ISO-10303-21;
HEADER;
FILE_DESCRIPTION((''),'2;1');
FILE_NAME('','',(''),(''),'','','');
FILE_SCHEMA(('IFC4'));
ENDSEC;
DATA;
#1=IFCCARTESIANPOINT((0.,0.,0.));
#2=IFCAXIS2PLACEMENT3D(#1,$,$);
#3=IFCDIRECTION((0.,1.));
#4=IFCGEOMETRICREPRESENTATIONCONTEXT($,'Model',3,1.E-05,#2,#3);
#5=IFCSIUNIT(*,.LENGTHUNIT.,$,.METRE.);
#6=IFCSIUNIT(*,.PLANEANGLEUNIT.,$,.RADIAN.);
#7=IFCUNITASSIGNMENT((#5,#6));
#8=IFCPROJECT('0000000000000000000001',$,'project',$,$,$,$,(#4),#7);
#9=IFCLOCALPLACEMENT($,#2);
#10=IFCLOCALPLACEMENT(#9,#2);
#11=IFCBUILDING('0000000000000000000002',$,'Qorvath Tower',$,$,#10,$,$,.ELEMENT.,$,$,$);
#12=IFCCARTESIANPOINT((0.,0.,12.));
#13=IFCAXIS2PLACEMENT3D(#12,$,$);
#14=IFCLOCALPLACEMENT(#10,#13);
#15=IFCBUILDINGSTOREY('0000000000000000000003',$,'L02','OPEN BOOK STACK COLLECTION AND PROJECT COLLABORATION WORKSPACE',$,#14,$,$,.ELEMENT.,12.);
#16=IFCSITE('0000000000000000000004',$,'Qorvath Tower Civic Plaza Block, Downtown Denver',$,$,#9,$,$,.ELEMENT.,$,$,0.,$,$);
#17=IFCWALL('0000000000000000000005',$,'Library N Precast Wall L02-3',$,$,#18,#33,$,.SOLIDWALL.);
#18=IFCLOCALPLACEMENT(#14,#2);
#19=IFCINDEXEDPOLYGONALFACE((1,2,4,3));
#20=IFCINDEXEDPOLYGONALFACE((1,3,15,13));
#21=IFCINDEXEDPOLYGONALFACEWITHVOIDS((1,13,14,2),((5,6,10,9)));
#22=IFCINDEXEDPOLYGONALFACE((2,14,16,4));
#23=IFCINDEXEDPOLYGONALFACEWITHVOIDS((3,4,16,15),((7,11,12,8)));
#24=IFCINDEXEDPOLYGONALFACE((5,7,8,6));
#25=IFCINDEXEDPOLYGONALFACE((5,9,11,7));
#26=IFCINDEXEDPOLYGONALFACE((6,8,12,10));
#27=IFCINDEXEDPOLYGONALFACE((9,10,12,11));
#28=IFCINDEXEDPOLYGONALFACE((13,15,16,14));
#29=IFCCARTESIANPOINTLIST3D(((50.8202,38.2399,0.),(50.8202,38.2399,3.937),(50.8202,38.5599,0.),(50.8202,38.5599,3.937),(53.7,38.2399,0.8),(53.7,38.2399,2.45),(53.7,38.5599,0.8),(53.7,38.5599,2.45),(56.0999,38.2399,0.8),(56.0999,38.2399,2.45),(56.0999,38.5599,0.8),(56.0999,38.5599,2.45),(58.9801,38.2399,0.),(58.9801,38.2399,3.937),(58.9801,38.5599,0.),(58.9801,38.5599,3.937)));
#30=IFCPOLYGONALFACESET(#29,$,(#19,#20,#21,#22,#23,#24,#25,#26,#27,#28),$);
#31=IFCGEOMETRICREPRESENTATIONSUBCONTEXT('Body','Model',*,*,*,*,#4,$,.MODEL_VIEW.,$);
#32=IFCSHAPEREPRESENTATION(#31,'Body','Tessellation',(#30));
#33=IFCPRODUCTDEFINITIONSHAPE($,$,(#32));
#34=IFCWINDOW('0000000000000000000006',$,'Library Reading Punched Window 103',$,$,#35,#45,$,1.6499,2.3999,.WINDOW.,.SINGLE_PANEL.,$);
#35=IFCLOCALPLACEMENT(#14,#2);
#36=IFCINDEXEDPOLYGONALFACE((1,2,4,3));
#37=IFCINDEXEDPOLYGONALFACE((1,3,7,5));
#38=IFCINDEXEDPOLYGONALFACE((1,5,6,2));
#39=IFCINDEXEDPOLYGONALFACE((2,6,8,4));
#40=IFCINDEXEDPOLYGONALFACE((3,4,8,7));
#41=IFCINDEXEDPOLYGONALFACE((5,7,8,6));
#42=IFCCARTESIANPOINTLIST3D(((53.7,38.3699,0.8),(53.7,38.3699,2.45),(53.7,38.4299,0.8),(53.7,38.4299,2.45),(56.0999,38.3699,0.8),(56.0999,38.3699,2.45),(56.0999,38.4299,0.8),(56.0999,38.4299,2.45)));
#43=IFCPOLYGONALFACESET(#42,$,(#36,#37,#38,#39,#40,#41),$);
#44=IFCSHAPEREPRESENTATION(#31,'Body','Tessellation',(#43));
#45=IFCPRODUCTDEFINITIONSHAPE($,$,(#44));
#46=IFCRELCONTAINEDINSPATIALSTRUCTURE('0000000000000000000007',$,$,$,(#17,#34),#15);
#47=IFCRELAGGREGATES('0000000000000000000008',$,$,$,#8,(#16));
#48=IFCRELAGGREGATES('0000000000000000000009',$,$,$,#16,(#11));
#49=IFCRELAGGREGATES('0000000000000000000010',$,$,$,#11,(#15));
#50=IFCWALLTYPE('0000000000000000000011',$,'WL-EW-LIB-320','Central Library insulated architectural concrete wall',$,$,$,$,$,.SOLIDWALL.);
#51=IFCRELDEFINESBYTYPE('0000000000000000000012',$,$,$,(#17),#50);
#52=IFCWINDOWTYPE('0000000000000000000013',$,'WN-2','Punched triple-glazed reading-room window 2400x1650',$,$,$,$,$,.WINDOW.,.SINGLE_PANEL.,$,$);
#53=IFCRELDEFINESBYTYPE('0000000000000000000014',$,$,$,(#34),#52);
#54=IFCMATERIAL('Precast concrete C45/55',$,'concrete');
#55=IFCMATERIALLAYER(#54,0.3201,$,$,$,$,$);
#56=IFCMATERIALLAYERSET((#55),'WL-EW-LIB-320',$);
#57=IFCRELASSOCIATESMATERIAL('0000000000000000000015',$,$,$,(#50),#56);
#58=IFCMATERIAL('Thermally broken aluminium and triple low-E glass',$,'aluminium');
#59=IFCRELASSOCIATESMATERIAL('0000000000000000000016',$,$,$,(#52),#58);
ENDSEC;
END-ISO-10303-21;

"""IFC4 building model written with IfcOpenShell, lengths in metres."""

from ifc_helpers import new_model, si_unit, direction, frame, frame_2d, origin, place, context, subcontext, project, spatial, rectangle, extrude, material, layer, layer_set, type_object, element, fill, save


model = new_model("IFC4")

# Units and contexts
model_context = context("Model", 3, precision=1e-05, world=origin(), true_north=direction((0.0, 1.0)))
body_context = subcontext(model_context, "Body", "Model", "MODEL_VIEW")
ifc_project = project(units=[si_unit("LENGTHUNIT", "METRE"), si_unit("PLANEANGLEUNIT", "RADIAN")], contexts=[model_context])

# Site, building, storey
site_placement = place(None, origin())
site = spatial("IfcSite", under=ifc_project, at=site_placement, Name="Qorvath Tower Civic Plaza Block, Downtown Denver", CompositionType="ELEMENT", RefElevation=0.0)
building_placement = place(site_placement, origin())
building = spatial("IfcBuilding", under=site, at=building_placement, Name="Qorvath Tower", CompositionType="ELEMENT")
storey_placement = place(building_placement, frame((0.0, 0.0, 12.0)))
storey = spatial("IfcBuildingStorey", under=building, at=storey_placement, Name="L02", Description="OPEN BOOK STACK COLLECTION AND PROJECT COLLABORATION WORKSPACE", CompositionType="ELEMENT", Elevation=12.0)

# Wall, opening, window
ifc_material_1 = material(Name="Precast concrete C45/55", Category="concrete")
ifc_layer_1 = layer(ifc_material_1, 0.3201)
ifc_layer_set_1 = layer_set([ifc_layer_1], Name="WL-EW-LIB-320")
wall_type_1 = type_object("IfcWallType", Name="WL-EW-LIB-320", Description="Central Library insulated architectural concrete wall", PredefinedType="SOLIDWALL", material=ifc_layer_set_1)
wall_1_placement = place(storey_placement, frame((50.8201, 38.3999, 0.0), z_axis=(0.0, 0.0, 1.0), x_axis=(1.0, 0.0, 0.0)))
wall_1 = element("IfcWall", 1, at=wall_1_placement, inside=storey, type_object=wall_type_1, Name="Library N Precast Wall L02-3", PredefinedType="SOLIDWALL", context=body_context, shape_type="SweptSolid", body=[
    extrude(rectangle(XDim=8.1599, YDim=0.3201, at=frame_2d((4.0801, 0.0))), origin(), (0.0, 0.0, 1.0), 3.937),
])
opening_1_placement = place(wall_1_placement, frame((2.8799, 0.0, 0.8)))
opening_1 = element("IfcOpeningElement", 2, at=opening_1_placement, cuts=wall_1, PredefinedType="OPENING", context=body_context, shape_type="SweptSolid", body=[
    extrude(rectangle(XDim=2.3999, YDim=1.6499, at=frame_2d((1.2, 0.825))), frame((0.0, 0.1699, 0.0), z_axis=(0.0, -1.0, 0.0), x_axis=(1.0, 0.0, 0.0)), (0.0, 0.0, 1.0), 0.3401),
])
ifc_material_2 = material(Name="Thermally broken aluminium and triple low-E glass", Category="aluminium")
window_type = type_object("IfcWindowType", Name="WN-2", Description="Punched triple-glazed reading-room window 2400x1650", PartitioningType="SINGLE_PANEL", PredefinedType="WINDOW", material=ifc_material_2)
window_placement = place(opening_1_placement, origin())
window = element("IfcWindow", 3, at=window_placement, inside=storey, type_object=window_type, Name="Library Reading Punched Window 103", OverallHeight=1.6499, OverallWidth=2.3999, PartitioningType="SINGLE_PANEL", PredefinedType="WINDOW", context=body_context, shape_type="SweptSolid", body=[
    extrude(rectangle(XDim=2.3999, YDim=1.6499, at=frame_2d((1.2, 0.825))), frame((0.0, 0.03, 0.0), z_axis=(0.0, -1.0, 0.0), x_axis=(1.0, 0.0, 0.0)), (0.0, 0.0, 1.0), 0.0601),
])
fill(opening_1, window)

save(model, "model.ifc")
